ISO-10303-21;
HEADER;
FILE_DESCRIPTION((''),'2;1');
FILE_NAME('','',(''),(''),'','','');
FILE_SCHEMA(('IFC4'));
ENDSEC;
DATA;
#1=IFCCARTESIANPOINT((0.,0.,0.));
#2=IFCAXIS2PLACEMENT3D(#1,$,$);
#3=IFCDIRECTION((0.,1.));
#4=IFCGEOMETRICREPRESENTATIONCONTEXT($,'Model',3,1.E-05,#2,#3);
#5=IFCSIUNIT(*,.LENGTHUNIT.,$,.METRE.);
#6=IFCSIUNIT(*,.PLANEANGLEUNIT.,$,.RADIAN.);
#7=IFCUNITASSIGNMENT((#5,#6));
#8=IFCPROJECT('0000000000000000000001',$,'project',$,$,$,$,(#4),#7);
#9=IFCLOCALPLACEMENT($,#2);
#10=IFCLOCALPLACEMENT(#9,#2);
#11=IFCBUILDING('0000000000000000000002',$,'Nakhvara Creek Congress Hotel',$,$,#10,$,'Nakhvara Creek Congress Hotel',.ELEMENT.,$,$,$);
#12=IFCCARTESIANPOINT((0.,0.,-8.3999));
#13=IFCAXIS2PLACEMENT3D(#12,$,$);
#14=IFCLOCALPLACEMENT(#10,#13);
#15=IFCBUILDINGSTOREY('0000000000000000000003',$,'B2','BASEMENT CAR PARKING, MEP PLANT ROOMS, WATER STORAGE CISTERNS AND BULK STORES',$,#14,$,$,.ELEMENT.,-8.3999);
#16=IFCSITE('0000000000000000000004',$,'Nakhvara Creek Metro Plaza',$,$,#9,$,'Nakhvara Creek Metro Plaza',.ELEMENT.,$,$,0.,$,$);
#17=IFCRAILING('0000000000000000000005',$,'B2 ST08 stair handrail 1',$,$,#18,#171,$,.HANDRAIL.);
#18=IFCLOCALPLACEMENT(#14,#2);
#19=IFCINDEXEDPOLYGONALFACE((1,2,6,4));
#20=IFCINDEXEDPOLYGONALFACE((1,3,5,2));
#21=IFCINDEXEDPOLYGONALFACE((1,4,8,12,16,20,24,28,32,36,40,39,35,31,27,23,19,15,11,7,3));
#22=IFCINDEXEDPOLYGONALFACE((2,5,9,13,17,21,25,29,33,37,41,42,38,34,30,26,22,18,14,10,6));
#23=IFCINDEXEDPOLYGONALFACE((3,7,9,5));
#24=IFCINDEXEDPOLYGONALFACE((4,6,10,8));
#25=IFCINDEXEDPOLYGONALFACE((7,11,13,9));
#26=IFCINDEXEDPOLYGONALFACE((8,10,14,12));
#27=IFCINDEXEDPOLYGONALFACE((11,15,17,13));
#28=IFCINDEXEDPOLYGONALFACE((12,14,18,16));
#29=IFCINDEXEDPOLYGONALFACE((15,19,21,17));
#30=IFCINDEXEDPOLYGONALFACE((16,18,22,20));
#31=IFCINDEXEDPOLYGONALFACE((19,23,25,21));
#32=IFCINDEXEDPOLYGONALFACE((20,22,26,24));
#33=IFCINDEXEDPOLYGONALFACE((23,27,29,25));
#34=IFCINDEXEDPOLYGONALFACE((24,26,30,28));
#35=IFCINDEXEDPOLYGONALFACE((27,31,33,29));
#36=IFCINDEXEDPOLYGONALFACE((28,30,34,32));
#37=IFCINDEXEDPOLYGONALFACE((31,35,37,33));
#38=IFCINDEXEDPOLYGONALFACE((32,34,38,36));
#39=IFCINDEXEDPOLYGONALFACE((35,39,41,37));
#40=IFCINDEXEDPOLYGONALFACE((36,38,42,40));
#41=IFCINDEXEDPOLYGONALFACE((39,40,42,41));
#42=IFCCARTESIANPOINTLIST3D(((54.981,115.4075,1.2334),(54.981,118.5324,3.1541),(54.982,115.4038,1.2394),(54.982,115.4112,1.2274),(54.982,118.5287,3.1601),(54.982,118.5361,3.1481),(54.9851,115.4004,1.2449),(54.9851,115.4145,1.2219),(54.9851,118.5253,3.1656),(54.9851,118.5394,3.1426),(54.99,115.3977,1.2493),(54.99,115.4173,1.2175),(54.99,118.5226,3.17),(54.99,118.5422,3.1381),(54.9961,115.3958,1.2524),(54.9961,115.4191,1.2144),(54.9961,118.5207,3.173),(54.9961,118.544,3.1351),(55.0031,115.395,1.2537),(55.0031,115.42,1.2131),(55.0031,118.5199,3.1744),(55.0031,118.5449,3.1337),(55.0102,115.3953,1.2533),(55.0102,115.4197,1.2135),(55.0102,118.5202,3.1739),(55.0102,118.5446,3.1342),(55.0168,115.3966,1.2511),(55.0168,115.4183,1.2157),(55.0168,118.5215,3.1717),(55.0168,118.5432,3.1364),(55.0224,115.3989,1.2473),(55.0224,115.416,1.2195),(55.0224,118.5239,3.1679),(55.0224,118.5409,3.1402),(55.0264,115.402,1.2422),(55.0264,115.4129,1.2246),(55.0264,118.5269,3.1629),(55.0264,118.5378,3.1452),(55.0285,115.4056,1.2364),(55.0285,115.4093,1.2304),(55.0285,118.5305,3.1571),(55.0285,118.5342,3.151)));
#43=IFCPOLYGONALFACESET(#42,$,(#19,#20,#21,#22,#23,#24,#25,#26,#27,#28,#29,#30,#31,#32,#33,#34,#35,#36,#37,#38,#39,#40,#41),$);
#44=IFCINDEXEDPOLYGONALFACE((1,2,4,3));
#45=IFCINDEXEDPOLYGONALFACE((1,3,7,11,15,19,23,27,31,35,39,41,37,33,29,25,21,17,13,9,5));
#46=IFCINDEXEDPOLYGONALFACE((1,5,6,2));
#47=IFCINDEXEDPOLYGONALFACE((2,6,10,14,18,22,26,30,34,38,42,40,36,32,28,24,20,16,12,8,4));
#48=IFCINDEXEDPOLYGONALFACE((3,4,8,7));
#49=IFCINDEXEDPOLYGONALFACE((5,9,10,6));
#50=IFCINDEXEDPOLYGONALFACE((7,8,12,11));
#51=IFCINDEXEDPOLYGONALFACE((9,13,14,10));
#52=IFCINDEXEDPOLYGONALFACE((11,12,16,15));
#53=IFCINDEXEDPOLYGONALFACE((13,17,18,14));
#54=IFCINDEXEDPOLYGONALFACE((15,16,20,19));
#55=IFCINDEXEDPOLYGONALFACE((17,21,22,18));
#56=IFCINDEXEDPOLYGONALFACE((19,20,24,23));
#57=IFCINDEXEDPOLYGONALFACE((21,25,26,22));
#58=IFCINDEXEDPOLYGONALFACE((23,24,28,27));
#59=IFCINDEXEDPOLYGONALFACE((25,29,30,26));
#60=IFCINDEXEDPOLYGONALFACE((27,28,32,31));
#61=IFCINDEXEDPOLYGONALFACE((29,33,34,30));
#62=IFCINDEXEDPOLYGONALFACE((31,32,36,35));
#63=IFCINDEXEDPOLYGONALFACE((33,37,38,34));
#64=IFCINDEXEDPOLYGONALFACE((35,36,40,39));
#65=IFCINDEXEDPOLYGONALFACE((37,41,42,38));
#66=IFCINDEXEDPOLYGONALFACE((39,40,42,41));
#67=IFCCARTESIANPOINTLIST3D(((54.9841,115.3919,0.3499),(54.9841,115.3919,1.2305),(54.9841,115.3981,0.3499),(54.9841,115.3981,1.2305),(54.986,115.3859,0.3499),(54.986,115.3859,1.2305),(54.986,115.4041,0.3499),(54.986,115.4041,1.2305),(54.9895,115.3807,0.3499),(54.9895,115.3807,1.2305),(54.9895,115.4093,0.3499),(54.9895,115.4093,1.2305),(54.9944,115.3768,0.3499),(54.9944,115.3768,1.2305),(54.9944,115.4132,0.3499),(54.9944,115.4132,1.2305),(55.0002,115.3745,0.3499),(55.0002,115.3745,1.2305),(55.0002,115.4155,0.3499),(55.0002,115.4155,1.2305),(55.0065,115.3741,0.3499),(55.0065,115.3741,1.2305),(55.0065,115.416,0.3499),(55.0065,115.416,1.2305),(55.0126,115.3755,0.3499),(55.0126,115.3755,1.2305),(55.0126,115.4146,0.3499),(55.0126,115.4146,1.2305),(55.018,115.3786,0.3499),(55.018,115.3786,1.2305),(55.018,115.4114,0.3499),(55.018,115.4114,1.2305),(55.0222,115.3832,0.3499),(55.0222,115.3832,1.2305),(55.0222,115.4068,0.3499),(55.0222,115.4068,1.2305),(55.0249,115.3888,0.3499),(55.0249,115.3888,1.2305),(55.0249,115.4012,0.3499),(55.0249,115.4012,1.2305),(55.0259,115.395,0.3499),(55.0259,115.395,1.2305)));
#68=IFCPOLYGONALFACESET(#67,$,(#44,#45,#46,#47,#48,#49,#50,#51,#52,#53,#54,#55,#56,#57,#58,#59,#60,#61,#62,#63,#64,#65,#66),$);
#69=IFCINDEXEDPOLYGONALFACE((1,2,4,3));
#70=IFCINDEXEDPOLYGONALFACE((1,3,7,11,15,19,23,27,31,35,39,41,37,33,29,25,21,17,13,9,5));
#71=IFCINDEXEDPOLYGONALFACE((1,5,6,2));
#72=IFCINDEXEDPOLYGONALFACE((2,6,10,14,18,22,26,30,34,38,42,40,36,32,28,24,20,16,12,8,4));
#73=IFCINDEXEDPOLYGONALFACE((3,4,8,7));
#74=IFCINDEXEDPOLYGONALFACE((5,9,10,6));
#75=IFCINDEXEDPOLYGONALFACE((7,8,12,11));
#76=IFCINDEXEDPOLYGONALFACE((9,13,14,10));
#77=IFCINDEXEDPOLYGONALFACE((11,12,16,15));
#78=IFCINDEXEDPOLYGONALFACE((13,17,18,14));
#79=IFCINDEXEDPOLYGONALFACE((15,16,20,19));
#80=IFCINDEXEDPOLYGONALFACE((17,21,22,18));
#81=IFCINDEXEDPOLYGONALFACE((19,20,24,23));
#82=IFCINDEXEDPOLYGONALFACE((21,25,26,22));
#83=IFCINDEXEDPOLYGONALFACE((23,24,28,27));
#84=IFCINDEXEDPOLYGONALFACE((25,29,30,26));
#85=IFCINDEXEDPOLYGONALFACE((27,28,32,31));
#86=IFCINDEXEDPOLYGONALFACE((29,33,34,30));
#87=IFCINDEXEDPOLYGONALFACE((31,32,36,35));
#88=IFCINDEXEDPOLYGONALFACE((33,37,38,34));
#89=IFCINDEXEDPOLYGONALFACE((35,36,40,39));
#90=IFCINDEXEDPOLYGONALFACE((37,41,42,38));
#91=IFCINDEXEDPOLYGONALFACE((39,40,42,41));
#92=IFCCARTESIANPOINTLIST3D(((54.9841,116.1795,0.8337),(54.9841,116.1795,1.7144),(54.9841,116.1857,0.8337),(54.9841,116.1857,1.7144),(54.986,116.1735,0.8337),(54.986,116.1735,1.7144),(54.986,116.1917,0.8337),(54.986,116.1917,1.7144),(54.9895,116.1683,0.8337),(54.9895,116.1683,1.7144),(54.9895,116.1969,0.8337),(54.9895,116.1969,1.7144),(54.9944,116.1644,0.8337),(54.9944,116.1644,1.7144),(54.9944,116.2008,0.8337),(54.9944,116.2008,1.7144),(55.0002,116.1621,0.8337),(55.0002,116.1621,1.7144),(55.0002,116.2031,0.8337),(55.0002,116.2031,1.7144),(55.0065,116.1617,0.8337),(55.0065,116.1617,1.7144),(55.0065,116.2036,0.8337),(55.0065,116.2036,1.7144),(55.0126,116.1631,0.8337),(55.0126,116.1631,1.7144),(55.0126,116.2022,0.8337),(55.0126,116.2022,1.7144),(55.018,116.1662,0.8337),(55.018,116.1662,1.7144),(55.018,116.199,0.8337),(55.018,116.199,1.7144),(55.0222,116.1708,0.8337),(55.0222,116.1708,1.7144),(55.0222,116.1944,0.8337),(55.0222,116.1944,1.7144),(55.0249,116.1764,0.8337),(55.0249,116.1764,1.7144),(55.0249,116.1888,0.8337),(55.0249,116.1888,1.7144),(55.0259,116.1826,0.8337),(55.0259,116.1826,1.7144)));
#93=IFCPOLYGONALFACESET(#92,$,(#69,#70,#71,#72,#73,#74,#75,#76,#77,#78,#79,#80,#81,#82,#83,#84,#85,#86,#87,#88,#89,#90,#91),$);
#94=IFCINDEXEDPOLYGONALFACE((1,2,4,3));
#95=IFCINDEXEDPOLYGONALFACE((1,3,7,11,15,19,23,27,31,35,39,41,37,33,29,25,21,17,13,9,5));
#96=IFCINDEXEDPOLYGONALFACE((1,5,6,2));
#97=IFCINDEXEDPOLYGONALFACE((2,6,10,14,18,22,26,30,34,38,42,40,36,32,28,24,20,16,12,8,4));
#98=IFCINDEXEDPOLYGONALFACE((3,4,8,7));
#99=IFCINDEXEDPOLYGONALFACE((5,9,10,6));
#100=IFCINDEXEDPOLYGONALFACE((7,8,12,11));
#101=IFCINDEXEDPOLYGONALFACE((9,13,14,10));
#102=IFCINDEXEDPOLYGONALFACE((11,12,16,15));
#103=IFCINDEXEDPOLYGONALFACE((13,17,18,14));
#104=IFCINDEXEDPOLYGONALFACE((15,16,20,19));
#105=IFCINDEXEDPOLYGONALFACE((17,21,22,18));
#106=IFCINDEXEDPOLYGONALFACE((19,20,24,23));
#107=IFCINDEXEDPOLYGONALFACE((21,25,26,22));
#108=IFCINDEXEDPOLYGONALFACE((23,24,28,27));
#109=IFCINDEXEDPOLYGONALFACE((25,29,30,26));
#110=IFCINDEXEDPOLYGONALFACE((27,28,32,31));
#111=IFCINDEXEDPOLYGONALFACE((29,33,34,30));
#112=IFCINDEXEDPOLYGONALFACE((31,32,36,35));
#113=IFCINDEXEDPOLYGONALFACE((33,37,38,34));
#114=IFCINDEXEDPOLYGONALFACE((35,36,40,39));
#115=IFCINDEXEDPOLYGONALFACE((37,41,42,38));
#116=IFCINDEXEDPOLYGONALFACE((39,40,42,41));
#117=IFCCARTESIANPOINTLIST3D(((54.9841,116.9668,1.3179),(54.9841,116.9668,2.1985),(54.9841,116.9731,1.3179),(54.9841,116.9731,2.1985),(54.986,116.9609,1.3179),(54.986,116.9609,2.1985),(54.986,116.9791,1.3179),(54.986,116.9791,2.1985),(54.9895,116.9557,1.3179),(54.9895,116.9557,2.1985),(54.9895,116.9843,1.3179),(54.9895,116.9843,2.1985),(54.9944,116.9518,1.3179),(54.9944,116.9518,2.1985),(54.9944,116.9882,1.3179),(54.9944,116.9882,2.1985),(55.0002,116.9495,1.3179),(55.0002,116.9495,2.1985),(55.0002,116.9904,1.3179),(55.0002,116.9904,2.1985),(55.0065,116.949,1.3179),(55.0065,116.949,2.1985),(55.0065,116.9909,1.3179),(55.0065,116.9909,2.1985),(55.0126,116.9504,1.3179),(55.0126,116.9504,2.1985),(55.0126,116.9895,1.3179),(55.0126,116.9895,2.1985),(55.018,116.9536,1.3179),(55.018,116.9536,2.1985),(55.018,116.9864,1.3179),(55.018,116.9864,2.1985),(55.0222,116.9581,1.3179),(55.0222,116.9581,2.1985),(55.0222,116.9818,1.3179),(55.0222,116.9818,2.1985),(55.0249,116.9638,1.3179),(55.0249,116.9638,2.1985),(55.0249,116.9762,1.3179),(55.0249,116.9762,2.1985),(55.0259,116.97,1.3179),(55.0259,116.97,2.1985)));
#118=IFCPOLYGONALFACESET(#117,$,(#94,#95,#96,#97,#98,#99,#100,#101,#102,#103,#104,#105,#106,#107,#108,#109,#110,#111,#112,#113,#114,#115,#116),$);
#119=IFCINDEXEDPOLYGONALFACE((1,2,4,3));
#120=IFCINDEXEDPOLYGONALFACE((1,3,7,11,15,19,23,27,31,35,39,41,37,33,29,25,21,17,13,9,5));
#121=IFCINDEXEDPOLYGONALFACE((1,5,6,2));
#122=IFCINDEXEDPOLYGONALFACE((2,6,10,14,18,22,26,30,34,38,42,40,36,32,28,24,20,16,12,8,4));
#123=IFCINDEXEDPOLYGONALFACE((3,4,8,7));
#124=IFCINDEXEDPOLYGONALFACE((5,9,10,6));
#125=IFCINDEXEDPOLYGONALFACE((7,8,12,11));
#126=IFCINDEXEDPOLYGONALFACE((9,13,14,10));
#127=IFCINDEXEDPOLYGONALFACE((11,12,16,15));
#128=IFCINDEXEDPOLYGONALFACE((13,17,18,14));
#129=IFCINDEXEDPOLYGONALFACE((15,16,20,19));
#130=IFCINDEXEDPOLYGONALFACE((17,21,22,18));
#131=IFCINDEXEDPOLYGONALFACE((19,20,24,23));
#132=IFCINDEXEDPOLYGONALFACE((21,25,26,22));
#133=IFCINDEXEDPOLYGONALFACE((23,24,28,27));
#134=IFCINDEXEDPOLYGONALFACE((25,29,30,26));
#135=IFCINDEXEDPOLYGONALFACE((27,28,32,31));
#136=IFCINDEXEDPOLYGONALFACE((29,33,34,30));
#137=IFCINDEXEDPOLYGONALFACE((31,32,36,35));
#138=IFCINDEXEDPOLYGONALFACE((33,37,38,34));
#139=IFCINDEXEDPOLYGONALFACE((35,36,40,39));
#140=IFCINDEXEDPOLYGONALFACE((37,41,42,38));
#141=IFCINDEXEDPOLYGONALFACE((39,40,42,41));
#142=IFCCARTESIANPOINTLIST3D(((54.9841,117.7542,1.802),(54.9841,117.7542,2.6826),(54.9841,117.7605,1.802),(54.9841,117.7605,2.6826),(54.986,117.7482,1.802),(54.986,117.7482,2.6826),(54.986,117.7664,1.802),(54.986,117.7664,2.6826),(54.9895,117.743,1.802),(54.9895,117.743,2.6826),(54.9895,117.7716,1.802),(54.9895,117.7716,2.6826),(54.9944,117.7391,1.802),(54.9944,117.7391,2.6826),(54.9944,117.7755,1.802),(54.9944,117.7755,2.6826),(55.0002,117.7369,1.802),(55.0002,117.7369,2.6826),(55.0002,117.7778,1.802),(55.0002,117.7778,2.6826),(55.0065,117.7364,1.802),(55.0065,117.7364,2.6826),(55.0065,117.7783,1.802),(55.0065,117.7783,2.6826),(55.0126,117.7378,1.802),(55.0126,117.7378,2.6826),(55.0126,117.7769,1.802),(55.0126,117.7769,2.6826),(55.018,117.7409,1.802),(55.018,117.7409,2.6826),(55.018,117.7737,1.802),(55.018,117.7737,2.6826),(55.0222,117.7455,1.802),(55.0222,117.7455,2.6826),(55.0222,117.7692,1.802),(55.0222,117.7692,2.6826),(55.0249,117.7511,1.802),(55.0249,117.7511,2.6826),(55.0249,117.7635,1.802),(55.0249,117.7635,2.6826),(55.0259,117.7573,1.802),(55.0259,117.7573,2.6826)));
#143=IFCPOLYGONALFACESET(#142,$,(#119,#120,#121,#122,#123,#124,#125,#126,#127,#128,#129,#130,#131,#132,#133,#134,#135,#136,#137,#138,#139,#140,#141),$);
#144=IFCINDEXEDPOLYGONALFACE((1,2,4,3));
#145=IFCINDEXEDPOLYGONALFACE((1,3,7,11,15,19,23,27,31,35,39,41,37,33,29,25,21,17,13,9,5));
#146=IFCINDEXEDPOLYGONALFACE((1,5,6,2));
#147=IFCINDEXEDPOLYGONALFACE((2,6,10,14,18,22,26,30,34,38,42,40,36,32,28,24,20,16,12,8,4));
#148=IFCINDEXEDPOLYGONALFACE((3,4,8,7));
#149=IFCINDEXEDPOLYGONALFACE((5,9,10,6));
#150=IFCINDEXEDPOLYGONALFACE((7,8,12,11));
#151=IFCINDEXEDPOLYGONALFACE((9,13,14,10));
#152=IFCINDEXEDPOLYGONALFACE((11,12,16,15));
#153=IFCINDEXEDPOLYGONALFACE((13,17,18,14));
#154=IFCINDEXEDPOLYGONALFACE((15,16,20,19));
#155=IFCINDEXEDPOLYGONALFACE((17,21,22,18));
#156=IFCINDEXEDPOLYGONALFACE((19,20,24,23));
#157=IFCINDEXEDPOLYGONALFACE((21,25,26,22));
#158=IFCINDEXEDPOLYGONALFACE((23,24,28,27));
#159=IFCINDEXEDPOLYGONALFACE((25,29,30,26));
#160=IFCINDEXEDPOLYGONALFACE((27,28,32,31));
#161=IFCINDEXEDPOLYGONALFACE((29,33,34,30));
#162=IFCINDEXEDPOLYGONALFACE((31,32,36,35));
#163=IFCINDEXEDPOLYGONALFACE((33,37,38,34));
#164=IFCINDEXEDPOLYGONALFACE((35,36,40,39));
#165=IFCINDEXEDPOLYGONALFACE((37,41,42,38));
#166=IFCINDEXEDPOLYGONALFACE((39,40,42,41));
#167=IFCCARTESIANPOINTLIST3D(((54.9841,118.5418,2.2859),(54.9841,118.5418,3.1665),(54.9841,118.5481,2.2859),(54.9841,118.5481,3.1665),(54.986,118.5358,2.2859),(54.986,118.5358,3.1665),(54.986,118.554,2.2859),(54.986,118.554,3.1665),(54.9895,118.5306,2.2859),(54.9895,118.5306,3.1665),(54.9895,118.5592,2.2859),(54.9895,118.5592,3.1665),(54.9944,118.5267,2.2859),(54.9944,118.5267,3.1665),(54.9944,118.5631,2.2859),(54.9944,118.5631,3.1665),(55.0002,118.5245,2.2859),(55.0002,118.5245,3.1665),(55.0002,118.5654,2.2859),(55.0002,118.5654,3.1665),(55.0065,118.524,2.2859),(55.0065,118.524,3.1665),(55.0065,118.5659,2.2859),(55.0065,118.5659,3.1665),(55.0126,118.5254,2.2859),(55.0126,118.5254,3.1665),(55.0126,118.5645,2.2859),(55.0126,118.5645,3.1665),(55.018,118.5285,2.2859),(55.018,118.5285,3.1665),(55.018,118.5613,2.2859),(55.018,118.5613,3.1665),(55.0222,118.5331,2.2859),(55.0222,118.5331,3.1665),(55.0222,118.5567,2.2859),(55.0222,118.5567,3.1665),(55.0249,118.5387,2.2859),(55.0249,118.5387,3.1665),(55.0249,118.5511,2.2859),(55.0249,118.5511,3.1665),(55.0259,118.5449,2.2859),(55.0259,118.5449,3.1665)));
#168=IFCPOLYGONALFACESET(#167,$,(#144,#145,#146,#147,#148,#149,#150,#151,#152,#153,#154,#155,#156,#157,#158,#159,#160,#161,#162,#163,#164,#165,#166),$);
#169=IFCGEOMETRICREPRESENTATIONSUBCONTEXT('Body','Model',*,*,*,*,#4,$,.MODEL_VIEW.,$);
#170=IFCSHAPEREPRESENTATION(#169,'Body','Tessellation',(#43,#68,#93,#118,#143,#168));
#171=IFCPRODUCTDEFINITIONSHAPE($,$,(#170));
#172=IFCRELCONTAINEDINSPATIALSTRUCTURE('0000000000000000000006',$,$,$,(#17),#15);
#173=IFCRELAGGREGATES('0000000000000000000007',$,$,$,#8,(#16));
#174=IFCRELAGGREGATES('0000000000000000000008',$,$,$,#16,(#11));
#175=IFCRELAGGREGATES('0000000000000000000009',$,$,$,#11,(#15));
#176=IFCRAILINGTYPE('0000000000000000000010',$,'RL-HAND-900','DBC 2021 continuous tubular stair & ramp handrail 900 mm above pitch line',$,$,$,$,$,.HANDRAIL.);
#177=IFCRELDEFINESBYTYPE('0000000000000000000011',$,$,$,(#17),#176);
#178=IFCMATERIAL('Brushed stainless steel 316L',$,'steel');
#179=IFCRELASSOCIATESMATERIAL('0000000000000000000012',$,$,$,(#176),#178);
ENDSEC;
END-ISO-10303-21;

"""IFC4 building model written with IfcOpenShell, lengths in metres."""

from ifc_helpers import new_model, si_unit, direction, frame, origin, origin_2d, place, context, subcontext, project, spatial, circle, extrude, material, type_object, element, save


model = new_model("IFC4")

# Units and contexts
model_context = context("Model", 3, precision=1e-05, world=origin(), true_north=direction((0.0, 1.0)))
body_context = subcontext(model_context, "Body", "Model", "MODEL_VIEW")
ifc_project = project(units=[si_unit("LENGTHUNIT", "METRE"), si_unit("PLANEANGLEUNIT", "RADIAN")], contexts=[model_context])

# Site, building, storey
site_placement = place(None, origin())
site = spatial("IfcSite", under=ifc_project, at=site_placement, Name="Nakhvara Creek Metro Plaza", LongName="Nakhvara Creek Metro Plaza", CompositionType="ELEMENT", RefElevation=0.0)
building_placement = place(site_placement, origin())
building = spatial("IfcBuilding", under=site, at=building_placement, Name="Nakhvara Creek Congress Hotel", LongName="Nakhvara Creek Congress Hotel", CompositionType="ELEMENT")
storey_placement = place(building_placement, frame((0.0, 0.0, -8.3999)))
storey = spatial("IfcBuildingStorey", under=building, at=storey_placement, Name="B2", Description="BASEMENT CAR PARKING, MEP PLANT ROOMS, WATER STORAGE CISTERNS AND BULK STORES", CompositionType="ELEMENT", Elevation=-8.3999)

# Railing
ifc_material_1 = material(Name="Brushed stainless steel 316L", Category="steel")
railing_type = type_object("IfcRailingType", Name="RL-HAND-900", Description="DBC 2021 continuous tubular stair & ramp handrail 900 mm above pitch line", PredefinedType="HANDRAIL", material=ifc_material_1)
railing_placement = place(storey_placement, frame((55.0049, 115.395, 0.3499)))
element("IfcRailing", 1, at=railing_placement, inside=storey, type_object=railing_type, Name="B2 ST08 stair handrail 1", PredefinedType="HANDRAIL", context=body_context, shape_type="SweptSolid", body=[
    extrude(circle(Radius=0.0239, at=origin_2d()), frame((0.0, 0.0125, 0.8835), z_axis=(0.0, 0.851944, 0.523633), x_axis=(-1.0, 0.0, 0.0)), (0.0, 0.0, 1.0), 3.668),
    extrude(circle(Radius=0.021, at=origin_2d()), origin(), (0.0, 0.0, 1.0), 0.8806),
    extrude(circle(Radius=0.021, at=origin_2d()), frame((0.0, 0.7876, 0.4839)), (0.0, 0.0, 1.0), 0.8806),
    extrude(circle(Radius=0.021, at=origin_2d()), frame((0.0, 1.575, 0.968)), (0.0, 0.0, 1.0), 0.8806),
    extrude(circle(Radius=0.021, at=origin_2d()), frame((0.0, 2.3623, 1.4521)), (0.0, 0.0, 1.0), 0.8806),
    extrude(circle(Radius=0.021, at=origin_2d()), frame((0.0, 3.1499, 1.936)), (0.0, 0.0, 1.0), 0.8806),
])

save(model, "model.ifc")
